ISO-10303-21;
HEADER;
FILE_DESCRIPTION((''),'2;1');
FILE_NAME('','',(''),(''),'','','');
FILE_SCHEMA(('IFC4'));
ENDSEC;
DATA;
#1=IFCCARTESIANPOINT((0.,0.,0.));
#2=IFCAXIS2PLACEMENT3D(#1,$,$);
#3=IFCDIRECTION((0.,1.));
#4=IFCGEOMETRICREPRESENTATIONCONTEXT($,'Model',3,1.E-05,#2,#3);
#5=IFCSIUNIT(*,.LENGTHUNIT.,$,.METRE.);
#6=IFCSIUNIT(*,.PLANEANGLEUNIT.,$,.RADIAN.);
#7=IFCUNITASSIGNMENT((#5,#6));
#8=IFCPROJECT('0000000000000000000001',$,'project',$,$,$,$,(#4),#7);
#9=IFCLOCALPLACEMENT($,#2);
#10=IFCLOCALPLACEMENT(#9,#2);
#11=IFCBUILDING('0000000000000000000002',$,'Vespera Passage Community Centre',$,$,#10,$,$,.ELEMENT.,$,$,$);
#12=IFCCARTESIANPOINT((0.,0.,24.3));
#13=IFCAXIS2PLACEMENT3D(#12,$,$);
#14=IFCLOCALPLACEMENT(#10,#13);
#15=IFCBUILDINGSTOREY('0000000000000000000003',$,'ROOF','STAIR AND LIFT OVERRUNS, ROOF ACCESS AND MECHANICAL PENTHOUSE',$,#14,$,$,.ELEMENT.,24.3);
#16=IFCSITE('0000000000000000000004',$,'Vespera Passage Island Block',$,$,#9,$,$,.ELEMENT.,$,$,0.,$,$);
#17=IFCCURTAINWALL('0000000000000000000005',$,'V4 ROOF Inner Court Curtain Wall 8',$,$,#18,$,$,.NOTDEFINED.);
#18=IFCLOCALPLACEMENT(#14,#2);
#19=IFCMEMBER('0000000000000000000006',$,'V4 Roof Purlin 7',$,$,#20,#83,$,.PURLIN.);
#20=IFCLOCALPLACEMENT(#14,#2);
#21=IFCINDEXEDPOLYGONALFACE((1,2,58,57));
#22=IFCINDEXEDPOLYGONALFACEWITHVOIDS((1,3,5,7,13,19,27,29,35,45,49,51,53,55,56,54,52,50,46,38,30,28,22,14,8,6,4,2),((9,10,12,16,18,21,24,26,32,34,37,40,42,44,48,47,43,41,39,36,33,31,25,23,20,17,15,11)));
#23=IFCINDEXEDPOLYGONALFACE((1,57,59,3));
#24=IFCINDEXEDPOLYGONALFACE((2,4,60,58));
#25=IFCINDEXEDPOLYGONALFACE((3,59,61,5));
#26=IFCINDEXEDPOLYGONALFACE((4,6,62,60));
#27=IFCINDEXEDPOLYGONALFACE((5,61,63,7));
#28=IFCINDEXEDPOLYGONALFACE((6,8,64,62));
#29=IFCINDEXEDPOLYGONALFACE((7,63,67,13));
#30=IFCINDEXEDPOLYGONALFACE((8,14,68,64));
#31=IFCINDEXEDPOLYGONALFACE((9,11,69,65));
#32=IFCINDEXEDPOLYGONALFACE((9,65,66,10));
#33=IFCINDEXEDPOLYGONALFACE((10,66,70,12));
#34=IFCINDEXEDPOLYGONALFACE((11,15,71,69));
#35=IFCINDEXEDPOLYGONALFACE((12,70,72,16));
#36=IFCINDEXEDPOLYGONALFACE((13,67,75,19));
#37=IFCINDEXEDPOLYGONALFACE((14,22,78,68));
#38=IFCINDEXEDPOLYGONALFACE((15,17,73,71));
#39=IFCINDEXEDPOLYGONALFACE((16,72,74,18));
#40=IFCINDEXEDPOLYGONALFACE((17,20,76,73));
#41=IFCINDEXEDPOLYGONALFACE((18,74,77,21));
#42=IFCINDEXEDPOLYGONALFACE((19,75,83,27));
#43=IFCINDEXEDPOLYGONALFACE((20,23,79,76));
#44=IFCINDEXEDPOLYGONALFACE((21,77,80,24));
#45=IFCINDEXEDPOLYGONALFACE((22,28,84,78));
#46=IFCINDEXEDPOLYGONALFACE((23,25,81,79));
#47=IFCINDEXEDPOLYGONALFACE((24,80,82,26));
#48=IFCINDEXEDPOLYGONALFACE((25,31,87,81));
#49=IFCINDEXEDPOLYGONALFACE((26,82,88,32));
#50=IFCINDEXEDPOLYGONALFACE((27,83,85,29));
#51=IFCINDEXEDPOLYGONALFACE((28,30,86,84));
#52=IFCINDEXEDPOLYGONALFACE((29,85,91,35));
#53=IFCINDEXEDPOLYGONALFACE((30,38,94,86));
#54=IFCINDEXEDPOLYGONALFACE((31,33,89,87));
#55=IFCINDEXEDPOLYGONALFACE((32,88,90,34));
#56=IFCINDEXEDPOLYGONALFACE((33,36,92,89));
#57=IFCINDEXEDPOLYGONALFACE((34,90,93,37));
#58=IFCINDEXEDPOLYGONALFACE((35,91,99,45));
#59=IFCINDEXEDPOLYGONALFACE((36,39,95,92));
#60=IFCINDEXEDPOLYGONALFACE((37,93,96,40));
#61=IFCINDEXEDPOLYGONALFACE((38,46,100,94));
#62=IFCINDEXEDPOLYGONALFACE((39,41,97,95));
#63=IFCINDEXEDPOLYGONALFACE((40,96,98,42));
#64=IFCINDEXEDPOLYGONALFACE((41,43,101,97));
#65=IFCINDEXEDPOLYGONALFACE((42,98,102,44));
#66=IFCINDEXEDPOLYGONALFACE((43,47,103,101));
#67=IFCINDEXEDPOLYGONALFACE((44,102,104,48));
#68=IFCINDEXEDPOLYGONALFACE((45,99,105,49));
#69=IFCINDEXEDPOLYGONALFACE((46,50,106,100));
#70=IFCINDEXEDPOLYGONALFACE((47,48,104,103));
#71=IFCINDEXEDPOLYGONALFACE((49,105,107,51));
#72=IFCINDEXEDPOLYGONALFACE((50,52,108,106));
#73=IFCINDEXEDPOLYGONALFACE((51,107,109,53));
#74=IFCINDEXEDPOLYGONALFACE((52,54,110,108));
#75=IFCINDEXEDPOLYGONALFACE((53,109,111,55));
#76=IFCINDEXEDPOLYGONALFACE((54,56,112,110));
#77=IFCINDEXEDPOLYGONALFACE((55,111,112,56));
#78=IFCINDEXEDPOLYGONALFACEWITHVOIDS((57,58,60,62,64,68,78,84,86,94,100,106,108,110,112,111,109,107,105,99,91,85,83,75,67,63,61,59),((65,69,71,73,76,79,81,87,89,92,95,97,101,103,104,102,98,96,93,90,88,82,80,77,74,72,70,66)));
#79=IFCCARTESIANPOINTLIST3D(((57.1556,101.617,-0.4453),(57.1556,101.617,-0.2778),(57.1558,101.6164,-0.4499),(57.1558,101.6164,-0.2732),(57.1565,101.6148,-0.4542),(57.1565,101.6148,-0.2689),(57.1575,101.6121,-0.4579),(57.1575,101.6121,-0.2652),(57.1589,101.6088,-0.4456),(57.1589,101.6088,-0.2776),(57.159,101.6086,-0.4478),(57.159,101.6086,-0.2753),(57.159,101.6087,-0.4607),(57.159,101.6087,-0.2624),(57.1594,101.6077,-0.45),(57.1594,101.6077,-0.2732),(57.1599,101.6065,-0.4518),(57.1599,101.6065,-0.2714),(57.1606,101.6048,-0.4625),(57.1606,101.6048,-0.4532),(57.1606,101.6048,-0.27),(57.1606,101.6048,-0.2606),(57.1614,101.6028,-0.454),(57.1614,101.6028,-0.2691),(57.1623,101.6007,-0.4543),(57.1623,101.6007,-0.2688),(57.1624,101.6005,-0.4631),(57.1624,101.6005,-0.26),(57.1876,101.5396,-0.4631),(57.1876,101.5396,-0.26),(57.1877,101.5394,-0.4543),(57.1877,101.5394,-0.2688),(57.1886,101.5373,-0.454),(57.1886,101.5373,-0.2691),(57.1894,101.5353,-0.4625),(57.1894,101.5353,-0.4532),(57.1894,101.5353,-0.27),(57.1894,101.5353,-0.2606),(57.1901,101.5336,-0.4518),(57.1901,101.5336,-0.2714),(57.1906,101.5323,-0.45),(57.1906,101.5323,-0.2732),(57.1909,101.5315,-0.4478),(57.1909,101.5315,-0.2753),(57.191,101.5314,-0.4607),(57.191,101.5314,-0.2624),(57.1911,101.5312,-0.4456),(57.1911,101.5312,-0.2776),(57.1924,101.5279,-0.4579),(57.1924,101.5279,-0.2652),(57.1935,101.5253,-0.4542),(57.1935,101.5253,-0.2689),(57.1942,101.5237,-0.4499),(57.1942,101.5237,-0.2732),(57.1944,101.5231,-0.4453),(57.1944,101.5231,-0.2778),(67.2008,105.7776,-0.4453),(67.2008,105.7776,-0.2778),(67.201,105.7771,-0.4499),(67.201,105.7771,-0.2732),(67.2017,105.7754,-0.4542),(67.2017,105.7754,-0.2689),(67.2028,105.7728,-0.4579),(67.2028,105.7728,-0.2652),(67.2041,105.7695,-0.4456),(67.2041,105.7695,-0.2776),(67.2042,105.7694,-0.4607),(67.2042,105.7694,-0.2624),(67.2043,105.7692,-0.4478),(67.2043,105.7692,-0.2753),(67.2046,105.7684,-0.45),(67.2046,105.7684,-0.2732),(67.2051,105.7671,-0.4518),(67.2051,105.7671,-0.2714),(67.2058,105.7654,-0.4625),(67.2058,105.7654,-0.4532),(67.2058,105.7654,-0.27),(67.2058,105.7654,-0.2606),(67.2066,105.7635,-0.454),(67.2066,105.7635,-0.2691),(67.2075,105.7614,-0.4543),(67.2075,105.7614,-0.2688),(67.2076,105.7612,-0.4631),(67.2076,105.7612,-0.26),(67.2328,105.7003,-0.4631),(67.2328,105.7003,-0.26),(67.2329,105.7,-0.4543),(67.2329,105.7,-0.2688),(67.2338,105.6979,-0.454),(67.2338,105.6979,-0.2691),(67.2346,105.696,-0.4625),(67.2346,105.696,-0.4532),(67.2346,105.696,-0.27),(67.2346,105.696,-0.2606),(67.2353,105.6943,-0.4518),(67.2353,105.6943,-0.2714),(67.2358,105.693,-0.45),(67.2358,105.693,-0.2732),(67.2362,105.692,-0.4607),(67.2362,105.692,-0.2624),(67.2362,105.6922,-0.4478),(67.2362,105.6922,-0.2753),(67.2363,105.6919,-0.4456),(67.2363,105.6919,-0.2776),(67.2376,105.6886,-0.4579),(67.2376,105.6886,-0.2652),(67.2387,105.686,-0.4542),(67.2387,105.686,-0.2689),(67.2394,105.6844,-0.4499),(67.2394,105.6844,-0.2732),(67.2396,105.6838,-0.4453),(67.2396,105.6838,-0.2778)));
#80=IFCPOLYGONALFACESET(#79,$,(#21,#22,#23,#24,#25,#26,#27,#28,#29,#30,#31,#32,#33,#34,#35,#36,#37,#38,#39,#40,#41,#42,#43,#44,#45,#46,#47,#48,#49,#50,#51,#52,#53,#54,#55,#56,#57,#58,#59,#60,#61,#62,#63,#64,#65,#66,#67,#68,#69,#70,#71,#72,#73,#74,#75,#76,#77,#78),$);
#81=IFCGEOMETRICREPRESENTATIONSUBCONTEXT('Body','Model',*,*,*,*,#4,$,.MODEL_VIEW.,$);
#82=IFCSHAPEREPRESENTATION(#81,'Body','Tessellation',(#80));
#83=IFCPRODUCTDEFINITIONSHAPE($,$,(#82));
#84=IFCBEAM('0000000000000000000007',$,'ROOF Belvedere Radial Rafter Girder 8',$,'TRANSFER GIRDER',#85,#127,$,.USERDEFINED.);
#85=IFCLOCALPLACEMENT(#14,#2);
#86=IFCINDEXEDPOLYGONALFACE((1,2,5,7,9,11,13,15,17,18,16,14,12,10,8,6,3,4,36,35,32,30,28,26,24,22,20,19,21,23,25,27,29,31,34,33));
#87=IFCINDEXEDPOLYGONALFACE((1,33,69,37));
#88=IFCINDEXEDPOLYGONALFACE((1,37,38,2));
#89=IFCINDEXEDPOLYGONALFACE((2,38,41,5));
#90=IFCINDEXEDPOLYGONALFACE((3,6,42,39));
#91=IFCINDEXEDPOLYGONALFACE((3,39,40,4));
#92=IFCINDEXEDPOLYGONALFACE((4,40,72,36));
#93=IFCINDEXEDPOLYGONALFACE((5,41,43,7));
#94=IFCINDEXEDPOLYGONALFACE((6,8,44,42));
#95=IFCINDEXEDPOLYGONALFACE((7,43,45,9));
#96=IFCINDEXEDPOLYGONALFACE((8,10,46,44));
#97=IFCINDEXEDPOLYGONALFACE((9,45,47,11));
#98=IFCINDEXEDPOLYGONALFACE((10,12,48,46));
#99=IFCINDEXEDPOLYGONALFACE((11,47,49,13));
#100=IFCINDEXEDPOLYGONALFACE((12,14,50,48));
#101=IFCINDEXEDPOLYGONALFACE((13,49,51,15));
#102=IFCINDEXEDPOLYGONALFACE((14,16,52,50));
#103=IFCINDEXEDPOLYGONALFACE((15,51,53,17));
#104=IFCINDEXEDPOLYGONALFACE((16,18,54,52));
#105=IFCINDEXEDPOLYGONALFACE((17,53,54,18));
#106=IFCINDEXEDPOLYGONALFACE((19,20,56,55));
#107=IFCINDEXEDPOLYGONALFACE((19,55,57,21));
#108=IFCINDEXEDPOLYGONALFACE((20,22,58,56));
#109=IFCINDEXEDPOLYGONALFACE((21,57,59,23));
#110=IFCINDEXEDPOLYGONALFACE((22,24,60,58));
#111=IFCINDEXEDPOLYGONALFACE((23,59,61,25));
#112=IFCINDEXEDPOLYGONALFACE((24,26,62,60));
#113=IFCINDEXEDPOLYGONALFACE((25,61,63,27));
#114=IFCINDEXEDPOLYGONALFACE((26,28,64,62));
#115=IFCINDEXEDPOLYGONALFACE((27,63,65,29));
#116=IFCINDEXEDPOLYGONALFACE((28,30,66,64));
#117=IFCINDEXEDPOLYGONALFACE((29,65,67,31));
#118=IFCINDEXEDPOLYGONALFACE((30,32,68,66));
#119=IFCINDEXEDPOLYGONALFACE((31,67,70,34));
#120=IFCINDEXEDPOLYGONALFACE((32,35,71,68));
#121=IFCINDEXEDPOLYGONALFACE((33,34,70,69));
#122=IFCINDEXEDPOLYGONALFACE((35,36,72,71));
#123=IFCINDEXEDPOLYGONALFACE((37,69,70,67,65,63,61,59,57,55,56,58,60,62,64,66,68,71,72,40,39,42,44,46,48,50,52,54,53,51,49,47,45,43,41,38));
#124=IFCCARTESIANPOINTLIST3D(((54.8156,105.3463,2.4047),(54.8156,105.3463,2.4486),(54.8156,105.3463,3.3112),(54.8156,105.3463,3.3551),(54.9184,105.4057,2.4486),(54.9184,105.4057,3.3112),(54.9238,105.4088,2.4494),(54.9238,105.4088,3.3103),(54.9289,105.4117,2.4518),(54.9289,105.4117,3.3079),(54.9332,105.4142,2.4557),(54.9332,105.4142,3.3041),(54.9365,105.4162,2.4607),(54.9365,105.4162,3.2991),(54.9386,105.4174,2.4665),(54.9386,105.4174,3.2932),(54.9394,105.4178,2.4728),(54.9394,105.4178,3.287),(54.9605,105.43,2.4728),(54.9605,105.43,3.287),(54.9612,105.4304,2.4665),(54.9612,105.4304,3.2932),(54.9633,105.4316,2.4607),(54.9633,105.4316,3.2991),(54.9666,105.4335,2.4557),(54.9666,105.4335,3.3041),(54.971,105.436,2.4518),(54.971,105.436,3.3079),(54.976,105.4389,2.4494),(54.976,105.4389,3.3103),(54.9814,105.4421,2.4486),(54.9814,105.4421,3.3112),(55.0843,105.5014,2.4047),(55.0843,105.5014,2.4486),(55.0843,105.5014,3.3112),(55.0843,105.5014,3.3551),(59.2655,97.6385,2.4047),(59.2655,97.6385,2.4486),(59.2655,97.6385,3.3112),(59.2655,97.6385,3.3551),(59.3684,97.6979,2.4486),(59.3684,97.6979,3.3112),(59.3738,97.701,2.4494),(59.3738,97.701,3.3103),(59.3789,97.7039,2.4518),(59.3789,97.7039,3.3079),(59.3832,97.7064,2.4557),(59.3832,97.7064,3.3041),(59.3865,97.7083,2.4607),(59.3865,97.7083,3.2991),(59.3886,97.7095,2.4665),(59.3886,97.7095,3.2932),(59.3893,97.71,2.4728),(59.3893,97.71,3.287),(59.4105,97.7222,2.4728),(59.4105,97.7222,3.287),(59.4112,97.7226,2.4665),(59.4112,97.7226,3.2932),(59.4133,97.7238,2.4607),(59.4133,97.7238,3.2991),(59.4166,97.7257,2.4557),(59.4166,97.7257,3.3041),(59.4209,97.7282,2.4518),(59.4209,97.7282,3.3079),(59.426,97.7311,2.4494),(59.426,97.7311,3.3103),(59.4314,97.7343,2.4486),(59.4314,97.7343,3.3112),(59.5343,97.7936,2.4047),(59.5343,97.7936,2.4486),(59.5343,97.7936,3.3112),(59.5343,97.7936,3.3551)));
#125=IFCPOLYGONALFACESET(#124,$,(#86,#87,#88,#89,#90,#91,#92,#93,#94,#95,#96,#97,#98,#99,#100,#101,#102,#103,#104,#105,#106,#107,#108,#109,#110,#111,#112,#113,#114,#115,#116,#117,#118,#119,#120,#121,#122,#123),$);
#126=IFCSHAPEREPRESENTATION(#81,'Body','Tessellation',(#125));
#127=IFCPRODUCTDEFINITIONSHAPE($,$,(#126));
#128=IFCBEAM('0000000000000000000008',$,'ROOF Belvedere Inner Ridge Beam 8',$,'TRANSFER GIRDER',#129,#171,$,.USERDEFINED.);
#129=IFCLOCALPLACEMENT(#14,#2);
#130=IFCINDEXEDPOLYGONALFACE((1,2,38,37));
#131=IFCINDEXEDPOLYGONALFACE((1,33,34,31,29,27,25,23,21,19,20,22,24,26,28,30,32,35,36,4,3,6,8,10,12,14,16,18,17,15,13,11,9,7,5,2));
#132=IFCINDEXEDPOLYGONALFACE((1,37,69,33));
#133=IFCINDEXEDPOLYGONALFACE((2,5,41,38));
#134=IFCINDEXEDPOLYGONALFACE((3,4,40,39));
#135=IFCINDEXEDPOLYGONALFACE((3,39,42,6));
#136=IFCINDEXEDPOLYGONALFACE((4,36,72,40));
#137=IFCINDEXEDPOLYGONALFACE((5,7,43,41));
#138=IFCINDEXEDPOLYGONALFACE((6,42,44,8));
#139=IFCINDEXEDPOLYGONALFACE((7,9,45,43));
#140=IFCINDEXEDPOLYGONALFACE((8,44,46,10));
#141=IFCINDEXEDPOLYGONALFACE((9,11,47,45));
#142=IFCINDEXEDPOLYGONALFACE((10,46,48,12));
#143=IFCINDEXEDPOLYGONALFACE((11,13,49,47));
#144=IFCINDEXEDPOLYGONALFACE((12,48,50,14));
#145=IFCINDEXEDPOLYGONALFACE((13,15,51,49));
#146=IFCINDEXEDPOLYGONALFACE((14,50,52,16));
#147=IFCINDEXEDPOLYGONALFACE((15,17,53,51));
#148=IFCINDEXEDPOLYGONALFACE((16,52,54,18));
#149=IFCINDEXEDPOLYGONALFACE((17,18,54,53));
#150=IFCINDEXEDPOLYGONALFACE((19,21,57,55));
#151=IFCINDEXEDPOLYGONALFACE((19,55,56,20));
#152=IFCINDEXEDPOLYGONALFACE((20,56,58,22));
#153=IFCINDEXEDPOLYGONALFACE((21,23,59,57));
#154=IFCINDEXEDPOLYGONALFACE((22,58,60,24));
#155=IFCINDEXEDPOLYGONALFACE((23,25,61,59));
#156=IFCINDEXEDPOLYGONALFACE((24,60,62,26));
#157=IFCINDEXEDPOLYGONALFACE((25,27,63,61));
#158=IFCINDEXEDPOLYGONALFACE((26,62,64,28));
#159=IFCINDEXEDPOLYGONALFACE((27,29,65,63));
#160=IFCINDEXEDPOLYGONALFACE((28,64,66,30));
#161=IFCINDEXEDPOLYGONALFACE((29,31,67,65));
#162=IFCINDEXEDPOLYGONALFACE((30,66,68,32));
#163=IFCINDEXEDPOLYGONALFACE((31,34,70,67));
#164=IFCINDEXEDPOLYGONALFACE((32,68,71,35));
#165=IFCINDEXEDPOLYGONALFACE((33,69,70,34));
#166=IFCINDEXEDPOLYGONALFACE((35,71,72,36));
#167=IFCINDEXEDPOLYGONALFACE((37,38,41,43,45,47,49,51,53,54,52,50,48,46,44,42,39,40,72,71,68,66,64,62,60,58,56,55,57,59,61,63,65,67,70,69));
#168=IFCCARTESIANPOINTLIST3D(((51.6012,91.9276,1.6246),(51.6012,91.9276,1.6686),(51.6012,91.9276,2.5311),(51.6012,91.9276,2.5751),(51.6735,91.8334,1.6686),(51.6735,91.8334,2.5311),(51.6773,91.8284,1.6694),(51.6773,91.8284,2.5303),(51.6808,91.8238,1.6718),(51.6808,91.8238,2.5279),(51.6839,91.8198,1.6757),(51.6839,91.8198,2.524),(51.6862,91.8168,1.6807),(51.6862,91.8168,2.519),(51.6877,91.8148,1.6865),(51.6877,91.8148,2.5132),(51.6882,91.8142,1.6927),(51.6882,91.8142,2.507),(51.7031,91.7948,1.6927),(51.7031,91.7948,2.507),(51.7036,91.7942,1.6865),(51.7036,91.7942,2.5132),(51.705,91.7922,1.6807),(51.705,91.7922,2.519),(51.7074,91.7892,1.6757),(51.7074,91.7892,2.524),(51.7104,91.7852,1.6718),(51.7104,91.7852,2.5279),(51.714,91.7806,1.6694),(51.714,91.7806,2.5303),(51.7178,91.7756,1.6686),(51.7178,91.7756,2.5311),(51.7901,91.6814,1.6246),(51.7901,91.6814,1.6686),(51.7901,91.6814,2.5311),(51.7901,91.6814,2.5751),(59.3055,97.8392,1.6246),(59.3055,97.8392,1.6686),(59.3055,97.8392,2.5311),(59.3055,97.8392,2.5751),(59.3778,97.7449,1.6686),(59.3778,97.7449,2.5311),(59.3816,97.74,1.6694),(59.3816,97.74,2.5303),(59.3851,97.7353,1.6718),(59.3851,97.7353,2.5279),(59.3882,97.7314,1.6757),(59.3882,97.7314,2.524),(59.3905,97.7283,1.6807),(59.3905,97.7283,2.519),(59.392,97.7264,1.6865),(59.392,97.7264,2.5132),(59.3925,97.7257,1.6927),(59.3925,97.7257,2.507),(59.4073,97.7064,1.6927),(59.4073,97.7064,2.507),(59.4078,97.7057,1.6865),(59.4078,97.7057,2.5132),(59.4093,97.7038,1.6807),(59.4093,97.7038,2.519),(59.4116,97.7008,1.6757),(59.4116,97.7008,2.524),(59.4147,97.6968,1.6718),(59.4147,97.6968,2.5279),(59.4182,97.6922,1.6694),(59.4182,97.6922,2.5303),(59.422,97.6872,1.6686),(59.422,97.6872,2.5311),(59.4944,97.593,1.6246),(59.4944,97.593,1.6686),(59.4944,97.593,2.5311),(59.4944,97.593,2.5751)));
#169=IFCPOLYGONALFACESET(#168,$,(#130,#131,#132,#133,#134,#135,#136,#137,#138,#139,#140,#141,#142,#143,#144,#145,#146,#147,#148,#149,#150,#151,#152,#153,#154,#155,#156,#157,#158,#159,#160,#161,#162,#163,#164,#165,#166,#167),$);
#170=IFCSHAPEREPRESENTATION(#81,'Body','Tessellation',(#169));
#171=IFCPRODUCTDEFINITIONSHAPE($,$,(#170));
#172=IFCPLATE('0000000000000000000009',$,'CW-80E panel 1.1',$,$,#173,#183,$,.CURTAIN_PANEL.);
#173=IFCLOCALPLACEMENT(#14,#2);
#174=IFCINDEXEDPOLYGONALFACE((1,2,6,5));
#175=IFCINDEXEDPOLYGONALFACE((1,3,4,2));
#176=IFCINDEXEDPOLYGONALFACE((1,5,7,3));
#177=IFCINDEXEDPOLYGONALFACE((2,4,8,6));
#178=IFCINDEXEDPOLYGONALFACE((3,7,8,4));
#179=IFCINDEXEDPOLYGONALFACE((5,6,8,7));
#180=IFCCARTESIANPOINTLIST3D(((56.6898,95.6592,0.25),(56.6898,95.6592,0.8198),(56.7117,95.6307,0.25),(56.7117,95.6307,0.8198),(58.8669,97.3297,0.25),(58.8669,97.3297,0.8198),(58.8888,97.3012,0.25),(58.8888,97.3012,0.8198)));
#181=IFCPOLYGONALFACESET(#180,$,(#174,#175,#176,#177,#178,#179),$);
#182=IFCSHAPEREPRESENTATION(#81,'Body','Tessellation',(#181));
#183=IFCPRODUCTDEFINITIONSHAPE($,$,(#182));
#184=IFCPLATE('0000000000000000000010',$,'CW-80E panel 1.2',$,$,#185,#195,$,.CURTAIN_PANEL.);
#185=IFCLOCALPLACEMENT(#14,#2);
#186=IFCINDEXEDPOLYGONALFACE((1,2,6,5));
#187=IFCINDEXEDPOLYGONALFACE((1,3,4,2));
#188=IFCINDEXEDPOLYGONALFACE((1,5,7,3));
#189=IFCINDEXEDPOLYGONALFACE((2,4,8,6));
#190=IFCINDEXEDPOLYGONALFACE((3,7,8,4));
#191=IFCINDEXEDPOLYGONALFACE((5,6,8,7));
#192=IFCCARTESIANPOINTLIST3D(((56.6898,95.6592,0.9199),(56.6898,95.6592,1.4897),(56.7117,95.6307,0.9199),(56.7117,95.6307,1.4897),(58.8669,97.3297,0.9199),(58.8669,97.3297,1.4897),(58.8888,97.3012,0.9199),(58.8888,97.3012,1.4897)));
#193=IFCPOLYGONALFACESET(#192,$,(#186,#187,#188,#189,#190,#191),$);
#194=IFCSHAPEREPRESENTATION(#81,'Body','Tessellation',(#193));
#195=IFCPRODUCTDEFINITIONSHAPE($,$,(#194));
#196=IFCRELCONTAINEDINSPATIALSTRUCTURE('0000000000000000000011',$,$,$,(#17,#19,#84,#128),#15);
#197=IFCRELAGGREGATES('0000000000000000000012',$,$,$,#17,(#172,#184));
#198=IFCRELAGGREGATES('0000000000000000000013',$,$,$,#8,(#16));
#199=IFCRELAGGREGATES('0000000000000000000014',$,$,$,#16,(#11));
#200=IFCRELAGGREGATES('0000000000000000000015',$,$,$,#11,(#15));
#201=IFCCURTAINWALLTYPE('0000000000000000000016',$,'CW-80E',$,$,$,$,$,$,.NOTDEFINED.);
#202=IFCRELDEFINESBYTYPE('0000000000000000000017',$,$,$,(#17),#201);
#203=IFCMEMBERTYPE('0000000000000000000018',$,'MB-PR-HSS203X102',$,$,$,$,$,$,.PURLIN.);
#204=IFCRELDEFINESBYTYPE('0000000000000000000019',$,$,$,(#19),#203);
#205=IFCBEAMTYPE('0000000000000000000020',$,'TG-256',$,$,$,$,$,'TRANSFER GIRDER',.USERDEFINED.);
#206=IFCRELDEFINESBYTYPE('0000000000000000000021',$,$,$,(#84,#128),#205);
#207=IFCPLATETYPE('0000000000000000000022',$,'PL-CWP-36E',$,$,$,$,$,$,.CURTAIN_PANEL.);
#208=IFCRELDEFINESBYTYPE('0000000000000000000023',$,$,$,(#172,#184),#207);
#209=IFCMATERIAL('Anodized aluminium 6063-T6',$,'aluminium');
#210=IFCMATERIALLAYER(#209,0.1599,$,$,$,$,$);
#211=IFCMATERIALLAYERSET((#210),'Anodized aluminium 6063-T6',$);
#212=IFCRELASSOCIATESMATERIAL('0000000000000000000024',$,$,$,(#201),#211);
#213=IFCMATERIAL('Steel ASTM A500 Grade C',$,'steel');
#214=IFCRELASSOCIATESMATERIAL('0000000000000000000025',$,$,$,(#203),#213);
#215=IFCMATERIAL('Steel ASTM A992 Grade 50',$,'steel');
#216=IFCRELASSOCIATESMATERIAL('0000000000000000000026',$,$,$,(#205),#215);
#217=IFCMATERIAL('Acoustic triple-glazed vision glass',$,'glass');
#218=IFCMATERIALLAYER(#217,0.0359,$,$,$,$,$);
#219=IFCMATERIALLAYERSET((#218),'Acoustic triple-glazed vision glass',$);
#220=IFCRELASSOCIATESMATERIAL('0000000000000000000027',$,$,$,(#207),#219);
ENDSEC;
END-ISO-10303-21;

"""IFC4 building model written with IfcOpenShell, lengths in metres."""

from ifc_helpers import new_model, si_unit, direction, frame, origin, origin_2d, place, context, subcontext, project, spatial, rectangle, hollow_rectangle, i_section, extrude, material, layer, layer_set, material_profile, profile_set, type_object, element, aggregate, save


model = new_model("IFC4")

# Units and contexts
model_context = context("Model", 3, precision=1e-05, world=origin(), true_north=direction((0.0, 1.0)))
body_context = subcontext(model_context, "Body", "Model", "MODEL_VIEW")
ifc_project = project(units=[si_unit("LENGTHUNIT", "METRE"), si_unit("PLANEANGLEUNIT", "RADIAN")], contexts=[model_context])

# Site, building, storey
site_placement = place(None, origin())
site = spatial("IfcSite", under=ifc_project, at=site_placement, Name="Vespera Passage Island Block", CompositionType="ELEMENT", RefElevation=0.0)
building_placement = place(site_placement, origin())
building = spatial("IfcBuilding", under=site, at=building_placement, Name="Vespera Passage Community Centre", CompositionType="ELEMENT")
storey_placement = place(building_placement, frame((0.0, 0.0, 24.3)))
storey = spatial("IfcBuildingStorey", under=building, at=storey_placement, Name="ROOF", Description="STAIR AND LIFT OVERRUNS, ROOF ACCESS AND MECHANICAL PENTHOUSE", CompositionType="ELEMENT", Elevation=24.3)

# Curtain wall
ifc_material_1 = material(Name="Anodized aluminium 6063-T6", Category="aluminium")
ifc_layer_1 = layer(ifc_material_1, 0.1599)
ifc_layer_set_1 = layer_set([ifc_layer_1], Name="Anodized aluminium 6063-T6")
curtain_wall_type = type_object("IfcCurtainWallType", Name="CW-80E", PredefinedType="NOTDEFINED", material=ifc_layer_set_1)
curtain_wall_placement = place(storey_placement, origin())
curtain_wall = element("IfcCurtainWall", 1, at=curtain_wall_placement, inside=storey, type_object=curtain_wall_type, Name="V4 ROOF Inner Court Curtain Wall 8", PredefinedType="NOTDEFINED")

# Member
ifc_material_2 = material(Name="Steel ASTM A500 Grade C", Category="steel")
ifc_material_profile_1 = material_profile(ifc_material_2, hollow_rectangle(XDim=0.1016, YDim=0.2031, WallThickness=0.0088, InnerFilletRadius=0.0088, OuterFilletRadius=0.0178, at=origin_2d()), Name="HSS203X102X9.5")
ifc_profile_set_1 = profile_set([ifc_material_profile_1], Name="Steel ASTM A500 Grade C")
member_type_1 = type_object("IfcMemberType", Name="MB-PR-HSS203X102", PredefinedType="PURLIN", material=ifc_profile_set_1)
member_1_placement = place(storey_placement, frame((67.2202, 105.7307, -0.3616), z_axis=(-0.923886, -0.382668, 0.0), x_axis=(0.382668, -0.923886, 0.0)))
element("IfcMember", 2, at=member_1_placement, inside=storey, type_object=member_type_1, Name="V4 Roof Purlin 7", PredefinedType="PURLIN", context=body_context, shape_type="SweptSolid", body=[
    extrude(hollow_rectangle(XDim=0.1016, YDim=0.2031, WallThickness=0.0088, InnerFilletRadius=0.0088, OuterFilletRadius=0.0178, at=origin_2d()), origin(), (0.0, 0.0, 1.0), 10.8728),
])

# Beams
ifc_material_3 = material(Name="Steel ASTM A992 Grade 50", Category="steel")
ifc_material_profile_2 = material_profile(ifc_material_3, i_section(OverallWidth=0.3103, OverallDepth=0.9504, WebThickness=0.0244, FlangeThickness=0.0439, FilletRadius=0.0242, at=origin_2d()), Name="W36X256")
ifc_profile_set_2 = profile_set([ifc_material_profile_2], Name="Steel ASTM A992 Grade 50")
beam_type_1 = type_object("IfcBeamType", Name="TG-256", ElementType="TRANSFER GIRDER", PredefinedType="USERDEFINED", material=ifc_profile_set_2)
beam_1_placement = place(storey_placement, frame((59.3999, 97.7161, 2.8799), z_axis=(-0.499989, 0.866032, 0.0), x_axis=(-0.866032, -0.499989, 0.0)))
element("IfcBeam", 3, at=beam_1_placement, inside=storey, type_object=beam_type_1, Name="ROOF Belvedere Radial Rafter Girder 8", ObjectType="TRANSFER GIRDER", PredefinedType="USERDEFINED", context=body_context, shape_type="SweptSolid", body=[
    extrude(i_section(OverallWidth=0.3103, OverallDepth=0.9504, WebThickness=0.0244, FlangeThickness=0.0439, FilletRadius=0.0242, at=origin_2d()), origin(), (0.0, 0.0, 1.0), 8.9001),
])
beam_2_placement = place(storey_placement, frame((59.3999, 97.7161, 2.0999), z_axis=(-0.79336, -0.608753, 0.0), x_axis=(0.608753, -0.79336, 0.0)))
element("IfcBeam", 4, at=beam_2_placement, inside=storey, type_object=beam_type_1, Name="ROOF Belvedere Inner Ridge Beam 8", ObjectType="TRANSFER GIRDER", PredefinedType="USERDEFINED", context=body_context, shape_type="SweptSolid", body=[
    extrude(i_section(OverallWidth=0.3103, OverallDepth=0.9504, WebThickness=0.0244, FlangeThickness=0.0439, FilletRadius=0.0242, at=origin_2d()), origin(), (0.0, 0.0, 1.0), 9.7109),
])

# Plates
ifc_material_4 = material(Name="Acoustic triple-glazed vision glass", Category="glass")
ifc_layer_2 = layer(ifc_material_4, 0.0359)
ifc_layer_set_2 = layer_set([ifc_layer_2], Name="Acoustic triple-glazed vision glass")
plate_type = type_object("IfcPlateType", Name="PL-CWP-36E", PredefinedType="CURTAIN_PANEL", material=ifc_layer_set_2)
plate_1_placement = place(storey_placement, frame((57.7893, 96.4802, 0.25), z_axis=(0.0, 0.0, 1.0), x_axis=(-0.793358, -0.608755, 0.0)))
plate_1 = element("IfcPlate", 5, at=plate_1_placement, type_object=plate_type, Name="CW-80E panel 1.1", PredefinedType="CURTAIN_PANEL", context=body_context, shape_type="SweptSolid", body=[
    extrude(rectangle(XDim=2.7441, YDim=0.0359, at=origin_2d()), origin(), (0.0, 0.0, 1.0), 0.5698),
])
plate_2_placement = place(storey_placement, frame((57.7893, 96.4802, 0.9199), z_axis=(0.0, 0.0, 1.0), x_axis=(-0.793358, -0.608755, 0.0)))
plate_2 = element("IfcPlate", 6, at=plate_2_placement, type_object=plate_type, Name="CW-80E panel 1.2", PredefinedType="CURTAIN_PANEL", context=body_context, shape_type="SweptSolid", body=[
    extrude(rectangle(XDim=2.7441, YDim=0.0359, at=origin_2d()), origin(), (0.0, 0.0, 1.0), 0.5698),
])
aggregate(curtain_wall, [plate_1, plate_2])

save(model, "model.ifc")
